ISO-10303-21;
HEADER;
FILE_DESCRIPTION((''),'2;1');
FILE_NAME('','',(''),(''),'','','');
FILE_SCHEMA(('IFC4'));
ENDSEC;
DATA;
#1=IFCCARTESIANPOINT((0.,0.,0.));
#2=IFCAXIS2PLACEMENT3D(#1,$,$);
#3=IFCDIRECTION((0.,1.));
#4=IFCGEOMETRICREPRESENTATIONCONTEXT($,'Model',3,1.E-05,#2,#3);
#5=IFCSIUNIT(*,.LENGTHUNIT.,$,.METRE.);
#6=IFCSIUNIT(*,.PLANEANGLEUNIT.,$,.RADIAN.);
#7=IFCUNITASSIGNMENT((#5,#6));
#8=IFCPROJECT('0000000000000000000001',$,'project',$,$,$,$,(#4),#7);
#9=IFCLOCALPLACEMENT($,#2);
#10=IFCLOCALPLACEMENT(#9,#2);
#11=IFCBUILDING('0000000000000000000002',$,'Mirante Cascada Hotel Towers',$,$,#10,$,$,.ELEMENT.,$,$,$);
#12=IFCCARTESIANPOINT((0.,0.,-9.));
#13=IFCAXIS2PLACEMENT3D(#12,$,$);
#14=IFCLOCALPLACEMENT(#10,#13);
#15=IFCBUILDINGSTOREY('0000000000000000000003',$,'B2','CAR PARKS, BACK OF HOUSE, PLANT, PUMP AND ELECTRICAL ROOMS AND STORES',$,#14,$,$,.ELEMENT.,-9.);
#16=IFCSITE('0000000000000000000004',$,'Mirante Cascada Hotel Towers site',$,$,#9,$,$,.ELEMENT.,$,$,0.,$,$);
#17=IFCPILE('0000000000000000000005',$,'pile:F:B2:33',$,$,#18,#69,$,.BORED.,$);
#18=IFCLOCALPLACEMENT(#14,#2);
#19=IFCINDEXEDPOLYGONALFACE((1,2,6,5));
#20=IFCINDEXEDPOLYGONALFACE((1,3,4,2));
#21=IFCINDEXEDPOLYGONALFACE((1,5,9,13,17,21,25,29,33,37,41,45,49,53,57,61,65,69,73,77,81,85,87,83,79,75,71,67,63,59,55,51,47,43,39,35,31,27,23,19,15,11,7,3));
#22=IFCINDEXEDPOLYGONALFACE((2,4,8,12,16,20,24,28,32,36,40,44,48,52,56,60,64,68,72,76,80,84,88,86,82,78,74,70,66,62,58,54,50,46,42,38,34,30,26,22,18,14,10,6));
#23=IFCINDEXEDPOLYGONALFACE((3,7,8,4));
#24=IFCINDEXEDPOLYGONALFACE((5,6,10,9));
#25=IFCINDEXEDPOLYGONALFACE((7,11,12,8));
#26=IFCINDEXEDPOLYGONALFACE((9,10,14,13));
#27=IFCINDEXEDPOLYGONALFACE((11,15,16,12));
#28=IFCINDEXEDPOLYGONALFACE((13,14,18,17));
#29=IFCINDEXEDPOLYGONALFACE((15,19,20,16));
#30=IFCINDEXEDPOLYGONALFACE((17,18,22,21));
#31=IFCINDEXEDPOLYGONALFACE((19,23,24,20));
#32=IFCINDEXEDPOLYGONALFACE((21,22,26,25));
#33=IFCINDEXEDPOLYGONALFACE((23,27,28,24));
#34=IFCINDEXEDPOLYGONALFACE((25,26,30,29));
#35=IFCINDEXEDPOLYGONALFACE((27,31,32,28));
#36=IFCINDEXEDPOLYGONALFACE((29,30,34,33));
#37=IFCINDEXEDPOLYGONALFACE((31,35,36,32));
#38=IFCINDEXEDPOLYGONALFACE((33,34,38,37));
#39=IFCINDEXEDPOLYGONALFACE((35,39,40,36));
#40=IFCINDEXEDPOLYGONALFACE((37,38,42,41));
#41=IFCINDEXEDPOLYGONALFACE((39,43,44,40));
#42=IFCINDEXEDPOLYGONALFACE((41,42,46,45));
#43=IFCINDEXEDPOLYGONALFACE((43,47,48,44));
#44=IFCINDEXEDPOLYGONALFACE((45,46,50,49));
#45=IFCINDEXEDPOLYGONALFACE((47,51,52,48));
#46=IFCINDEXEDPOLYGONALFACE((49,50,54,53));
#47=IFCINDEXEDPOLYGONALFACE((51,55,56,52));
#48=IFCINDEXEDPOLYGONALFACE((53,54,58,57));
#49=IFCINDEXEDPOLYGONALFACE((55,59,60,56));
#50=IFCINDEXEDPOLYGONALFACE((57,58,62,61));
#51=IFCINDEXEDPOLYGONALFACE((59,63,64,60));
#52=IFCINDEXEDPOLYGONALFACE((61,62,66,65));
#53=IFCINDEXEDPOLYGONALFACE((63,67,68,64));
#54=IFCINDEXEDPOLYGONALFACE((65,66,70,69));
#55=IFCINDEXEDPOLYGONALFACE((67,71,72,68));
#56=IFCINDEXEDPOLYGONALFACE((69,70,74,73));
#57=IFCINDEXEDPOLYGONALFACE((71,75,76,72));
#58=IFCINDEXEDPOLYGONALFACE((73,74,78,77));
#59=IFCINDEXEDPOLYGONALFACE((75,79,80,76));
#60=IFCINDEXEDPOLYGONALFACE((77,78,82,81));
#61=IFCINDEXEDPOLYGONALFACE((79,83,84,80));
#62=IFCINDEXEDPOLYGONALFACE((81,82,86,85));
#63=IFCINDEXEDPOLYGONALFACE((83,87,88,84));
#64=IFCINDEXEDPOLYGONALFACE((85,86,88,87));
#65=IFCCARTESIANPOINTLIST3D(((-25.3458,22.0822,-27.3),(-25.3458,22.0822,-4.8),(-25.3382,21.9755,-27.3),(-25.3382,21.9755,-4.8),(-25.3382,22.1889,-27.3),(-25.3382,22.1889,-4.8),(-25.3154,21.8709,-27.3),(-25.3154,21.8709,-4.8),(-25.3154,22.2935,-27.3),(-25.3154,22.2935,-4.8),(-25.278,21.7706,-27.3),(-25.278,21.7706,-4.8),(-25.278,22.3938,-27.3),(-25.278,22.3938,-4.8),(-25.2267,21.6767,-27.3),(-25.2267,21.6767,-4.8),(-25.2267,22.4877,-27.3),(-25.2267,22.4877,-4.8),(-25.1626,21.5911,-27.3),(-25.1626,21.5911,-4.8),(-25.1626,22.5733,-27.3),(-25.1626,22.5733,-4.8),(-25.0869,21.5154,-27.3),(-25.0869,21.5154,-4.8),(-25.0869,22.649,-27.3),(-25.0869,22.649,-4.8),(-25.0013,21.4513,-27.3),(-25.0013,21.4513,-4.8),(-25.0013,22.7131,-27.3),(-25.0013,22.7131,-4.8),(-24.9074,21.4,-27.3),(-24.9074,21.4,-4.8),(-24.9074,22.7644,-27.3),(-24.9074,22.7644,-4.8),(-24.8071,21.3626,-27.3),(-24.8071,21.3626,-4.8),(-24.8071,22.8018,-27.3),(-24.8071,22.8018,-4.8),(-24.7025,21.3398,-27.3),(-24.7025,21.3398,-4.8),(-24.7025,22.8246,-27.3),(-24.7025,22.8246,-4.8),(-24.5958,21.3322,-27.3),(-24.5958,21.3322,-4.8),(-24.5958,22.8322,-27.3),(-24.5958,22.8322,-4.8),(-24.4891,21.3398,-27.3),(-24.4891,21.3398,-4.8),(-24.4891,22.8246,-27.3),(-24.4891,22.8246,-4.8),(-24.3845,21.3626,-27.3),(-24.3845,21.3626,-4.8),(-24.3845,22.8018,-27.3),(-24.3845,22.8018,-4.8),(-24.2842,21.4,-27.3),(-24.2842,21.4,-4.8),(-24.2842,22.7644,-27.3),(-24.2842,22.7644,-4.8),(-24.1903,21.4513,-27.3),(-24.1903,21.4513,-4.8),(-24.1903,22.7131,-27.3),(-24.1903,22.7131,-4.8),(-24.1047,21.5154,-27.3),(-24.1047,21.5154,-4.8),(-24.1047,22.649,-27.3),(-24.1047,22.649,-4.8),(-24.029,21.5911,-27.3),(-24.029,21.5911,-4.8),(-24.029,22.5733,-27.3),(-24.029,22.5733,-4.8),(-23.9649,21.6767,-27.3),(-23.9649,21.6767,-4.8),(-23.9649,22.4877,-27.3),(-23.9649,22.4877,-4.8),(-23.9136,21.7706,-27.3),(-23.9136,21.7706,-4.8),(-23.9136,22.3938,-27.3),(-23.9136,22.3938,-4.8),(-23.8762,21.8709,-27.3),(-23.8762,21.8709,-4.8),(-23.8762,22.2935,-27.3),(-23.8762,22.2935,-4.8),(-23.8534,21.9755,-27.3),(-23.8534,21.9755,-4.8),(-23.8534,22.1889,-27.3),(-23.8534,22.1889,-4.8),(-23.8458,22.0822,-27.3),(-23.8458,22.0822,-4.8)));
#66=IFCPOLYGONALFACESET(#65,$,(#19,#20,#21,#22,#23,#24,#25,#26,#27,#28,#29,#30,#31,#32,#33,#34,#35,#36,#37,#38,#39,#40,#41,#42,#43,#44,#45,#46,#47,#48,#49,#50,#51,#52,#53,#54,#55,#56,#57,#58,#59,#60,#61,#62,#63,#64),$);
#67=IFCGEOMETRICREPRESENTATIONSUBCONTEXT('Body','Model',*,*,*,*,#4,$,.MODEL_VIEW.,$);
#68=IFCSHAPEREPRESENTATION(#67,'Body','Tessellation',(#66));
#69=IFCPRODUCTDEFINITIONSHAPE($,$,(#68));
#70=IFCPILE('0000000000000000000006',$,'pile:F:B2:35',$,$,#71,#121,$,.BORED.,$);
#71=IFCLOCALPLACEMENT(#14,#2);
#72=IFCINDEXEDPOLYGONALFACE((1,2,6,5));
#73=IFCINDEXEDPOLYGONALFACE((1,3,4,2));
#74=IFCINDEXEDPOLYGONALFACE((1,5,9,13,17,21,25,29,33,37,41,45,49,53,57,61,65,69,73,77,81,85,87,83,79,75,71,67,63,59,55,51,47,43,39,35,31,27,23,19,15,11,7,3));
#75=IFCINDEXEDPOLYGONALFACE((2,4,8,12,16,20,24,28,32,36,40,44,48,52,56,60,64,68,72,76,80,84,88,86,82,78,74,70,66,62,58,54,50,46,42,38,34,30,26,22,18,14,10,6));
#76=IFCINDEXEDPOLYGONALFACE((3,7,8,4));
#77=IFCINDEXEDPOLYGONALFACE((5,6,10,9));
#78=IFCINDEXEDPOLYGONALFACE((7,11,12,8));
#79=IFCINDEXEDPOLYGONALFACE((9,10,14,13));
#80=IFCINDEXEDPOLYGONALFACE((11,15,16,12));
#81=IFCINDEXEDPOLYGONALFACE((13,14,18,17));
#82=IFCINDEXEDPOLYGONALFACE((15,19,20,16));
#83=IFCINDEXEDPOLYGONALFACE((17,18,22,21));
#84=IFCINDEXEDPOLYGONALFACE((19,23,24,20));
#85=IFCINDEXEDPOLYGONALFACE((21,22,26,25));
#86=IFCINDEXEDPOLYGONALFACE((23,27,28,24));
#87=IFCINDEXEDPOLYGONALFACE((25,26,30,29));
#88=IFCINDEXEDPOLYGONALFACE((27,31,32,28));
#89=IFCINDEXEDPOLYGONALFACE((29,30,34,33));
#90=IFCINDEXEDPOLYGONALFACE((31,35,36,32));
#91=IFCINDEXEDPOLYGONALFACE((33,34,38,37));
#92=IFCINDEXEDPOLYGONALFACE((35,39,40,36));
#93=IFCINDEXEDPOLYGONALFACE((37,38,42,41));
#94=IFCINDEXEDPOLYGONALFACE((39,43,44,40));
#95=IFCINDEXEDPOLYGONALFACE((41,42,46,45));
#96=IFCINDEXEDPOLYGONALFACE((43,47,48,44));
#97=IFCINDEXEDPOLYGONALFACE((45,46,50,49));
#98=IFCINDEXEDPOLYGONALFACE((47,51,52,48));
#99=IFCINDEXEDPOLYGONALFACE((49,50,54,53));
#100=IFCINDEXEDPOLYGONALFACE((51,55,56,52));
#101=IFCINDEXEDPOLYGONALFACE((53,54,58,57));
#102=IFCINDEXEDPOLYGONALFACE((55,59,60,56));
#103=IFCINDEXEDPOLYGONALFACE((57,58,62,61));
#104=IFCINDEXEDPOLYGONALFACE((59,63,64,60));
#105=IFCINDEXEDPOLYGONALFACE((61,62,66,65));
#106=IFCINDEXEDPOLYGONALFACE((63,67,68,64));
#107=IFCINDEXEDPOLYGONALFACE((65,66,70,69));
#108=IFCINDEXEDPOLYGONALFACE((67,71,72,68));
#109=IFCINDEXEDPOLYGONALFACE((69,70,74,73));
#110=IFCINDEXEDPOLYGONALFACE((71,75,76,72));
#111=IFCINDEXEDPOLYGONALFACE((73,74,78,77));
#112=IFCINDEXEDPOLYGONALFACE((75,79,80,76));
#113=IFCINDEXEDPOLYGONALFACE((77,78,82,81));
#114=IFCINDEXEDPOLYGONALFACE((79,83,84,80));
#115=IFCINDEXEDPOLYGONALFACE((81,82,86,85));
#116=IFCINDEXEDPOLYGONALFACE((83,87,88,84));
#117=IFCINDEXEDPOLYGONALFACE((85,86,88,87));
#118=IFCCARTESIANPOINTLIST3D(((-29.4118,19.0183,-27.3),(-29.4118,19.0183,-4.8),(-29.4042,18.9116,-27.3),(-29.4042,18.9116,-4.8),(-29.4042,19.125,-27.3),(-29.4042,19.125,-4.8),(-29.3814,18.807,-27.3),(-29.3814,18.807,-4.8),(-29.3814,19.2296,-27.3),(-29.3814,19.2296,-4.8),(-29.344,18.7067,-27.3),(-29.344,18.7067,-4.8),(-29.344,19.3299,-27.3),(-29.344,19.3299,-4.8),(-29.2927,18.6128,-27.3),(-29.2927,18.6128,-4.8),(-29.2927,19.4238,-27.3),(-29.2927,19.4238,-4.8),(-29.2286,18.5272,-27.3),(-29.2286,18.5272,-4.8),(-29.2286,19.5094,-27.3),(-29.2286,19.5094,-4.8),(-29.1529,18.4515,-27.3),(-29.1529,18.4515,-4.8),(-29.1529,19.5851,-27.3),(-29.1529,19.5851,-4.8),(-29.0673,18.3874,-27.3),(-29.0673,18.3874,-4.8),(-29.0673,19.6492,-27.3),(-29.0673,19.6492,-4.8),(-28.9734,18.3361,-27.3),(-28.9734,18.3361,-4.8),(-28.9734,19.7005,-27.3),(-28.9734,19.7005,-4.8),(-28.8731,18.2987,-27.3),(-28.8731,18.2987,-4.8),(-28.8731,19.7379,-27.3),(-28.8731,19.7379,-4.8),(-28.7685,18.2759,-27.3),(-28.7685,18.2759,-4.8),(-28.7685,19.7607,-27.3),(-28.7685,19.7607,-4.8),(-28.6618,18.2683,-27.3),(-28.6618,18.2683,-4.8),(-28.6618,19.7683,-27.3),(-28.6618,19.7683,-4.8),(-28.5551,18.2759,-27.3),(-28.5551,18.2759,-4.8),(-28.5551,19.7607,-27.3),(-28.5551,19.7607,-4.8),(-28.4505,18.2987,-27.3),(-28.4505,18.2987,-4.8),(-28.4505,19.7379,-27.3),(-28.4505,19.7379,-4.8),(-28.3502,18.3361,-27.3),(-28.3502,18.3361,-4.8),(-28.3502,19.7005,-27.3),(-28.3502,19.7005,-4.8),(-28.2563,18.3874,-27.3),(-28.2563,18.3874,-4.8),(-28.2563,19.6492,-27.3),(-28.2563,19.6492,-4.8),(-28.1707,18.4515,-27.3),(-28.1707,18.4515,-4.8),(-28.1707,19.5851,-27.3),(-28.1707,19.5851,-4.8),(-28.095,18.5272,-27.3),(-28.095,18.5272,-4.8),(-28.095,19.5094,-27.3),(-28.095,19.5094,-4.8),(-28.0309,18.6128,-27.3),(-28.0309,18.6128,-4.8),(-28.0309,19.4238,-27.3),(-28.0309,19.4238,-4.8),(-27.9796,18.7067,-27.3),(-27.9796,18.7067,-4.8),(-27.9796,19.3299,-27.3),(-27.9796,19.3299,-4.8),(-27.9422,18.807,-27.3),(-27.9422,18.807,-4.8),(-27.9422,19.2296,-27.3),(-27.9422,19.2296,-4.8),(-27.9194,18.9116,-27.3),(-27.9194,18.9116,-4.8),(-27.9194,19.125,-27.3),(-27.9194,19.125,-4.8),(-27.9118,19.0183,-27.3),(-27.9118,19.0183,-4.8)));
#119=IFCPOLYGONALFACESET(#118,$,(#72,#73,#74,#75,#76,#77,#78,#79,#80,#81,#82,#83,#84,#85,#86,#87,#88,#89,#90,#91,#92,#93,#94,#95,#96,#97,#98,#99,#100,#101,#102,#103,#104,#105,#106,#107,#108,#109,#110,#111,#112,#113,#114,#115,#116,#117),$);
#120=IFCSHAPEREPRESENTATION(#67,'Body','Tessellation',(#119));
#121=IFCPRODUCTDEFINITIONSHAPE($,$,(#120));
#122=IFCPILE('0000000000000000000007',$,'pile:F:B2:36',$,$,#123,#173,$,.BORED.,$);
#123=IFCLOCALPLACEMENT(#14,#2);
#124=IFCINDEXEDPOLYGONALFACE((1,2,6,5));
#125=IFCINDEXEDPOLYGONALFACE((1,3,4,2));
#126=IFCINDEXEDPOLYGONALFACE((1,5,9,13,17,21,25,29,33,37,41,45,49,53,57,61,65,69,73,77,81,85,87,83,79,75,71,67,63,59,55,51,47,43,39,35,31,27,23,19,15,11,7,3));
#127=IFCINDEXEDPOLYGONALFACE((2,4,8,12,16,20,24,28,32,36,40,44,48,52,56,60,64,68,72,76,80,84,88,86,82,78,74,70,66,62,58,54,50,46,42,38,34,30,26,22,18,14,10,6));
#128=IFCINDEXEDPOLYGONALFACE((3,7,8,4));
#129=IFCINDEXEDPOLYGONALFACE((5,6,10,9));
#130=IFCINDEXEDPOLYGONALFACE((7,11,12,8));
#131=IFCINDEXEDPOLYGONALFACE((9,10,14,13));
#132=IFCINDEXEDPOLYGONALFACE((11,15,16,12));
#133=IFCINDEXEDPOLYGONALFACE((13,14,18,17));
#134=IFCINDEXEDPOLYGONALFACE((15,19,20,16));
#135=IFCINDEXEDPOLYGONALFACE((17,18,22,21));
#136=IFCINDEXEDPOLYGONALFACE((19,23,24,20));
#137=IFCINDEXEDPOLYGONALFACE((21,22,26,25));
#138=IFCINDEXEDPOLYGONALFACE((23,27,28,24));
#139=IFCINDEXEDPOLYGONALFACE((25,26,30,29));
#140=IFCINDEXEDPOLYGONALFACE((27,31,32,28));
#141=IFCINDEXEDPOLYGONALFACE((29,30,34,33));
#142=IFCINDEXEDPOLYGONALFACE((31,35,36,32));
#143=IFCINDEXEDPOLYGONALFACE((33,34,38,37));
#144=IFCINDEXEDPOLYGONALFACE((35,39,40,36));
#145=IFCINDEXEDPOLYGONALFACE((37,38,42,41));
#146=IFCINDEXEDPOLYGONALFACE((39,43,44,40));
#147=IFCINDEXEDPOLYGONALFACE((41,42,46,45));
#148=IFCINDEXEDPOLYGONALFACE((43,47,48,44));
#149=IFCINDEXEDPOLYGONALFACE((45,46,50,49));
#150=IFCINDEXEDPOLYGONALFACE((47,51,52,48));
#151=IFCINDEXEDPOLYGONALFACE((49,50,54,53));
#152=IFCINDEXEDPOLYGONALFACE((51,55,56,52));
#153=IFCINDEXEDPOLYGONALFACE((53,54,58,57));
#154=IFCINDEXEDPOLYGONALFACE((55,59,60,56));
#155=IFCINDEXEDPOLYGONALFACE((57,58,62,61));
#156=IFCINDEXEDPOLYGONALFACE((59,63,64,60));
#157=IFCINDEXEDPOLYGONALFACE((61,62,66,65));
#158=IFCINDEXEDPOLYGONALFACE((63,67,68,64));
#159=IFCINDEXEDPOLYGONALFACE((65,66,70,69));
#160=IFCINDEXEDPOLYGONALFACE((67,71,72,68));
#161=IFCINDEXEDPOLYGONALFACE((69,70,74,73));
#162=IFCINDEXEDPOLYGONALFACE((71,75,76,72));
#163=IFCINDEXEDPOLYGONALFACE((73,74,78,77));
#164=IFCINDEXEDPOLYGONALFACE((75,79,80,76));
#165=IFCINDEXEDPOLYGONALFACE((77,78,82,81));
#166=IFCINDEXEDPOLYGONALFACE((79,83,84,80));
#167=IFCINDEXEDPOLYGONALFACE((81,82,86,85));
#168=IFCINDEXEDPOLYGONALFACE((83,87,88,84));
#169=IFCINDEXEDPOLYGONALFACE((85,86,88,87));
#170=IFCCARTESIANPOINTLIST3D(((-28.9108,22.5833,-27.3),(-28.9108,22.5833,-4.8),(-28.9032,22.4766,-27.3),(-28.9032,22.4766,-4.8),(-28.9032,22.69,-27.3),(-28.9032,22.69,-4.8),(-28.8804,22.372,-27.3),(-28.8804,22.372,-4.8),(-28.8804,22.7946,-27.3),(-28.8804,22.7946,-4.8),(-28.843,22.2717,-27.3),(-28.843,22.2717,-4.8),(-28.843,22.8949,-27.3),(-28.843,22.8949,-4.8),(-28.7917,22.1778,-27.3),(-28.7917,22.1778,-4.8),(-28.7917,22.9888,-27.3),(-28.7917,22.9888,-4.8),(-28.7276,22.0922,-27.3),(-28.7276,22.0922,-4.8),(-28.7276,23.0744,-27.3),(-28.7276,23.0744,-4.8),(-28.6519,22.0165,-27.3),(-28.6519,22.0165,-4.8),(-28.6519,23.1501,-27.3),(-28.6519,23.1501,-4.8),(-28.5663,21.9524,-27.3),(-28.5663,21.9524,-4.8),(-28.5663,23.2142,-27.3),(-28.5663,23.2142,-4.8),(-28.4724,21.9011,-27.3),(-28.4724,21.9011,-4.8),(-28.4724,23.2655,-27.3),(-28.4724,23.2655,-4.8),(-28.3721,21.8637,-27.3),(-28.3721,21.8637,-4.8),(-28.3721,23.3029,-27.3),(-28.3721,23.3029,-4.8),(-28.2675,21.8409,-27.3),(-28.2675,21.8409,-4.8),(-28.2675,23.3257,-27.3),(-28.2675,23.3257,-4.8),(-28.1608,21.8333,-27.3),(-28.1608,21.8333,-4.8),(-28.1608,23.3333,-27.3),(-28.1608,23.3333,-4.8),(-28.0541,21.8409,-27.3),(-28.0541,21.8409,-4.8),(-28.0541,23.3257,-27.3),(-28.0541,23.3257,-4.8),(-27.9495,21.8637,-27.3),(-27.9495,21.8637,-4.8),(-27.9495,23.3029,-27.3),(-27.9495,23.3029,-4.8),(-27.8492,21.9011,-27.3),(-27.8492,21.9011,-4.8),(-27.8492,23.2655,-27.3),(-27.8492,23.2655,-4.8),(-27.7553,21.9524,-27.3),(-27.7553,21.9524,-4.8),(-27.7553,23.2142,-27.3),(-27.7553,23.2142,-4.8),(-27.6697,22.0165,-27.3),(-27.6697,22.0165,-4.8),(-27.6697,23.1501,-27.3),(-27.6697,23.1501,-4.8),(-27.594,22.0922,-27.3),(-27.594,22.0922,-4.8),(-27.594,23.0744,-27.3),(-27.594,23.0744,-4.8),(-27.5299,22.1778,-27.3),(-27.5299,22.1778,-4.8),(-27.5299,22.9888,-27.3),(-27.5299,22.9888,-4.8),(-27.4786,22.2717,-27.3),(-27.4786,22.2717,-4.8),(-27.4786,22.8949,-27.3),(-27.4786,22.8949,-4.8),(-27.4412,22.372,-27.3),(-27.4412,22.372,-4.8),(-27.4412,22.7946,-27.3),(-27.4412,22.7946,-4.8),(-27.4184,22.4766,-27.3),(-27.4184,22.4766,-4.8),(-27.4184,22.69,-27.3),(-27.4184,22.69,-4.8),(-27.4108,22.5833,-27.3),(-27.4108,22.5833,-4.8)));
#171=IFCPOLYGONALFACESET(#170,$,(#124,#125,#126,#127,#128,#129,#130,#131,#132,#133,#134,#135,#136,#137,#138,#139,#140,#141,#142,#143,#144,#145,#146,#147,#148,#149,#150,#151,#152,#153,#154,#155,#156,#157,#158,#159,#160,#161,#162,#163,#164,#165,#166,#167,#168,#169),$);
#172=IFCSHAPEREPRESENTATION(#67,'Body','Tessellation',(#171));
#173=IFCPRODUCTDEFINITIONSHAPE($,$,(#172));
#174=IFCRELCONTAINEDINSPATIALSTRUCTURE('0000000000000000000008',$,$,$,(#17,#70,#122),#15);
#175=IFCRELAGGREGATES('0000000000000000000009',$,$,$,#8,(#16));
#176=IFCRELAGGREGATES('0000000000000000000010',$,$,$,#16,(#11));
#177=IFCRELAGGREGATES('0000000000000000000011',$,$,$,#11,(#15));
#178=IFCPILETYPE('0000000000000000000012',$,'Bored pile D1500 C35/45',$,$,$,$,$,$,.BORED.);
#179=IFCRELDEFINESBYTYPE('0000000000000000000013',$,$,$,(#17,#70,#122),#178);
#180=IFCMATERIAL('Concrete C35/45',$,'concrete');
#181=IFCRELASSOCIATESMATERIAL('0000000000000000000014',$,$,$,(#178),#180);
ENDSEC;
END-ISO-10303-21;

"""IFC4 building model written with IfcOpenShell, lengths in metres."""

from ifc_helpers import new_model, si_unit, direction, frame, origin, origin_2d, place, context, subcontext, project, spatial, circle, extrude, material, material_profile, profile_set, type_object, element, save


model = new_model("IFC4")

# Units and contexts
model_context = context("Model", 3, precision=1e-05, world=origin(), true_north=direction((0.0, 1.0)))
body_context = subcontext(model_context, "Body", "Model", "MODEL_VIEW")
ifc_project = project(units=[si_unit("LENGTHUNIT", "METRE"), si_unit("PLANEANGLEUNIT", "RADIAN")], contexts=[model_context])

# Site, building, storey
site_placement = place(None, origin())
site = spatial("IfcSite", under=ifc_project, at=site_placement, Name="Mirante Cascada Hotel Towers site", CompositionType="ELEMENT", RefElevation=0.0)
building_placement = place(site_placement, origin())
building = spatial("IfcBuilding", under=site, at=building_placement, Name="Mirante Cascada Hotel Towers", CompositionType="ELEMENT")
storey_placement = place(building_placement, frame((0.0, 0.0, -9.0)))
storey = spatial("IfcBuildingStorey", under=building, at=storey_placement, Name="B2", Description="CAR PARKS, BACK OF HOUSE, PLANT, PUMP AND ELECTRICAL ROOMS AND STORES", CompositionType="ELEMENT", Elevation=-9.0)

# Piles
ifc_material_1 = material(Name="Concrete C35/45", Category="concrete")
ifc_material_profile_1 = material_profile(ifc_material_1, circle(Radius=0.75, at=origin_2d()), Name="RC D1500")
ifc_profile_set_1 = profile_set([ifc_material_profile_1], Name="Concrete C35/45")
pile_type = type_object("IfcPileType", Name="Bored pile D1500 C35/45", PredefinedType="BORED", material=ifc_profile_set_1)
for number, where, z_axis, x_axis, name in (
    (1, (-24.5958, 22.0822, -4.8), (0.0, 0.0, -1.0), (1.0, 0.0, 0.0), "pile:F:B2:33"),
    (2, (-28.6618, 19.0183, -4.8), (0.0, 0.0, -1.0), (1.0, 0.0, 0.0), "pile:F:B2:35"),
    (3, (-28.1608, 22.5833, -4.8), (0.0, 0.0, -1.0), (1.0, 0.0, 0.0), "pile:F:B2:36"),
):
    element("IfcPile", number, at=place(storey_placement, frame(where, z_axis=z_axis, x_axis=x_axis)), inside=storey, type_object=pile_type, Name=name, PredefinedType="BORED", context=body_context, shape_type="SweptSolid", body=[
        extrude(circle(Radius=0.75, at=origin_2d()), origin(), (0.0, 0.0, 1.0), 22.5),
    ])

save(model, "model.ifc")
